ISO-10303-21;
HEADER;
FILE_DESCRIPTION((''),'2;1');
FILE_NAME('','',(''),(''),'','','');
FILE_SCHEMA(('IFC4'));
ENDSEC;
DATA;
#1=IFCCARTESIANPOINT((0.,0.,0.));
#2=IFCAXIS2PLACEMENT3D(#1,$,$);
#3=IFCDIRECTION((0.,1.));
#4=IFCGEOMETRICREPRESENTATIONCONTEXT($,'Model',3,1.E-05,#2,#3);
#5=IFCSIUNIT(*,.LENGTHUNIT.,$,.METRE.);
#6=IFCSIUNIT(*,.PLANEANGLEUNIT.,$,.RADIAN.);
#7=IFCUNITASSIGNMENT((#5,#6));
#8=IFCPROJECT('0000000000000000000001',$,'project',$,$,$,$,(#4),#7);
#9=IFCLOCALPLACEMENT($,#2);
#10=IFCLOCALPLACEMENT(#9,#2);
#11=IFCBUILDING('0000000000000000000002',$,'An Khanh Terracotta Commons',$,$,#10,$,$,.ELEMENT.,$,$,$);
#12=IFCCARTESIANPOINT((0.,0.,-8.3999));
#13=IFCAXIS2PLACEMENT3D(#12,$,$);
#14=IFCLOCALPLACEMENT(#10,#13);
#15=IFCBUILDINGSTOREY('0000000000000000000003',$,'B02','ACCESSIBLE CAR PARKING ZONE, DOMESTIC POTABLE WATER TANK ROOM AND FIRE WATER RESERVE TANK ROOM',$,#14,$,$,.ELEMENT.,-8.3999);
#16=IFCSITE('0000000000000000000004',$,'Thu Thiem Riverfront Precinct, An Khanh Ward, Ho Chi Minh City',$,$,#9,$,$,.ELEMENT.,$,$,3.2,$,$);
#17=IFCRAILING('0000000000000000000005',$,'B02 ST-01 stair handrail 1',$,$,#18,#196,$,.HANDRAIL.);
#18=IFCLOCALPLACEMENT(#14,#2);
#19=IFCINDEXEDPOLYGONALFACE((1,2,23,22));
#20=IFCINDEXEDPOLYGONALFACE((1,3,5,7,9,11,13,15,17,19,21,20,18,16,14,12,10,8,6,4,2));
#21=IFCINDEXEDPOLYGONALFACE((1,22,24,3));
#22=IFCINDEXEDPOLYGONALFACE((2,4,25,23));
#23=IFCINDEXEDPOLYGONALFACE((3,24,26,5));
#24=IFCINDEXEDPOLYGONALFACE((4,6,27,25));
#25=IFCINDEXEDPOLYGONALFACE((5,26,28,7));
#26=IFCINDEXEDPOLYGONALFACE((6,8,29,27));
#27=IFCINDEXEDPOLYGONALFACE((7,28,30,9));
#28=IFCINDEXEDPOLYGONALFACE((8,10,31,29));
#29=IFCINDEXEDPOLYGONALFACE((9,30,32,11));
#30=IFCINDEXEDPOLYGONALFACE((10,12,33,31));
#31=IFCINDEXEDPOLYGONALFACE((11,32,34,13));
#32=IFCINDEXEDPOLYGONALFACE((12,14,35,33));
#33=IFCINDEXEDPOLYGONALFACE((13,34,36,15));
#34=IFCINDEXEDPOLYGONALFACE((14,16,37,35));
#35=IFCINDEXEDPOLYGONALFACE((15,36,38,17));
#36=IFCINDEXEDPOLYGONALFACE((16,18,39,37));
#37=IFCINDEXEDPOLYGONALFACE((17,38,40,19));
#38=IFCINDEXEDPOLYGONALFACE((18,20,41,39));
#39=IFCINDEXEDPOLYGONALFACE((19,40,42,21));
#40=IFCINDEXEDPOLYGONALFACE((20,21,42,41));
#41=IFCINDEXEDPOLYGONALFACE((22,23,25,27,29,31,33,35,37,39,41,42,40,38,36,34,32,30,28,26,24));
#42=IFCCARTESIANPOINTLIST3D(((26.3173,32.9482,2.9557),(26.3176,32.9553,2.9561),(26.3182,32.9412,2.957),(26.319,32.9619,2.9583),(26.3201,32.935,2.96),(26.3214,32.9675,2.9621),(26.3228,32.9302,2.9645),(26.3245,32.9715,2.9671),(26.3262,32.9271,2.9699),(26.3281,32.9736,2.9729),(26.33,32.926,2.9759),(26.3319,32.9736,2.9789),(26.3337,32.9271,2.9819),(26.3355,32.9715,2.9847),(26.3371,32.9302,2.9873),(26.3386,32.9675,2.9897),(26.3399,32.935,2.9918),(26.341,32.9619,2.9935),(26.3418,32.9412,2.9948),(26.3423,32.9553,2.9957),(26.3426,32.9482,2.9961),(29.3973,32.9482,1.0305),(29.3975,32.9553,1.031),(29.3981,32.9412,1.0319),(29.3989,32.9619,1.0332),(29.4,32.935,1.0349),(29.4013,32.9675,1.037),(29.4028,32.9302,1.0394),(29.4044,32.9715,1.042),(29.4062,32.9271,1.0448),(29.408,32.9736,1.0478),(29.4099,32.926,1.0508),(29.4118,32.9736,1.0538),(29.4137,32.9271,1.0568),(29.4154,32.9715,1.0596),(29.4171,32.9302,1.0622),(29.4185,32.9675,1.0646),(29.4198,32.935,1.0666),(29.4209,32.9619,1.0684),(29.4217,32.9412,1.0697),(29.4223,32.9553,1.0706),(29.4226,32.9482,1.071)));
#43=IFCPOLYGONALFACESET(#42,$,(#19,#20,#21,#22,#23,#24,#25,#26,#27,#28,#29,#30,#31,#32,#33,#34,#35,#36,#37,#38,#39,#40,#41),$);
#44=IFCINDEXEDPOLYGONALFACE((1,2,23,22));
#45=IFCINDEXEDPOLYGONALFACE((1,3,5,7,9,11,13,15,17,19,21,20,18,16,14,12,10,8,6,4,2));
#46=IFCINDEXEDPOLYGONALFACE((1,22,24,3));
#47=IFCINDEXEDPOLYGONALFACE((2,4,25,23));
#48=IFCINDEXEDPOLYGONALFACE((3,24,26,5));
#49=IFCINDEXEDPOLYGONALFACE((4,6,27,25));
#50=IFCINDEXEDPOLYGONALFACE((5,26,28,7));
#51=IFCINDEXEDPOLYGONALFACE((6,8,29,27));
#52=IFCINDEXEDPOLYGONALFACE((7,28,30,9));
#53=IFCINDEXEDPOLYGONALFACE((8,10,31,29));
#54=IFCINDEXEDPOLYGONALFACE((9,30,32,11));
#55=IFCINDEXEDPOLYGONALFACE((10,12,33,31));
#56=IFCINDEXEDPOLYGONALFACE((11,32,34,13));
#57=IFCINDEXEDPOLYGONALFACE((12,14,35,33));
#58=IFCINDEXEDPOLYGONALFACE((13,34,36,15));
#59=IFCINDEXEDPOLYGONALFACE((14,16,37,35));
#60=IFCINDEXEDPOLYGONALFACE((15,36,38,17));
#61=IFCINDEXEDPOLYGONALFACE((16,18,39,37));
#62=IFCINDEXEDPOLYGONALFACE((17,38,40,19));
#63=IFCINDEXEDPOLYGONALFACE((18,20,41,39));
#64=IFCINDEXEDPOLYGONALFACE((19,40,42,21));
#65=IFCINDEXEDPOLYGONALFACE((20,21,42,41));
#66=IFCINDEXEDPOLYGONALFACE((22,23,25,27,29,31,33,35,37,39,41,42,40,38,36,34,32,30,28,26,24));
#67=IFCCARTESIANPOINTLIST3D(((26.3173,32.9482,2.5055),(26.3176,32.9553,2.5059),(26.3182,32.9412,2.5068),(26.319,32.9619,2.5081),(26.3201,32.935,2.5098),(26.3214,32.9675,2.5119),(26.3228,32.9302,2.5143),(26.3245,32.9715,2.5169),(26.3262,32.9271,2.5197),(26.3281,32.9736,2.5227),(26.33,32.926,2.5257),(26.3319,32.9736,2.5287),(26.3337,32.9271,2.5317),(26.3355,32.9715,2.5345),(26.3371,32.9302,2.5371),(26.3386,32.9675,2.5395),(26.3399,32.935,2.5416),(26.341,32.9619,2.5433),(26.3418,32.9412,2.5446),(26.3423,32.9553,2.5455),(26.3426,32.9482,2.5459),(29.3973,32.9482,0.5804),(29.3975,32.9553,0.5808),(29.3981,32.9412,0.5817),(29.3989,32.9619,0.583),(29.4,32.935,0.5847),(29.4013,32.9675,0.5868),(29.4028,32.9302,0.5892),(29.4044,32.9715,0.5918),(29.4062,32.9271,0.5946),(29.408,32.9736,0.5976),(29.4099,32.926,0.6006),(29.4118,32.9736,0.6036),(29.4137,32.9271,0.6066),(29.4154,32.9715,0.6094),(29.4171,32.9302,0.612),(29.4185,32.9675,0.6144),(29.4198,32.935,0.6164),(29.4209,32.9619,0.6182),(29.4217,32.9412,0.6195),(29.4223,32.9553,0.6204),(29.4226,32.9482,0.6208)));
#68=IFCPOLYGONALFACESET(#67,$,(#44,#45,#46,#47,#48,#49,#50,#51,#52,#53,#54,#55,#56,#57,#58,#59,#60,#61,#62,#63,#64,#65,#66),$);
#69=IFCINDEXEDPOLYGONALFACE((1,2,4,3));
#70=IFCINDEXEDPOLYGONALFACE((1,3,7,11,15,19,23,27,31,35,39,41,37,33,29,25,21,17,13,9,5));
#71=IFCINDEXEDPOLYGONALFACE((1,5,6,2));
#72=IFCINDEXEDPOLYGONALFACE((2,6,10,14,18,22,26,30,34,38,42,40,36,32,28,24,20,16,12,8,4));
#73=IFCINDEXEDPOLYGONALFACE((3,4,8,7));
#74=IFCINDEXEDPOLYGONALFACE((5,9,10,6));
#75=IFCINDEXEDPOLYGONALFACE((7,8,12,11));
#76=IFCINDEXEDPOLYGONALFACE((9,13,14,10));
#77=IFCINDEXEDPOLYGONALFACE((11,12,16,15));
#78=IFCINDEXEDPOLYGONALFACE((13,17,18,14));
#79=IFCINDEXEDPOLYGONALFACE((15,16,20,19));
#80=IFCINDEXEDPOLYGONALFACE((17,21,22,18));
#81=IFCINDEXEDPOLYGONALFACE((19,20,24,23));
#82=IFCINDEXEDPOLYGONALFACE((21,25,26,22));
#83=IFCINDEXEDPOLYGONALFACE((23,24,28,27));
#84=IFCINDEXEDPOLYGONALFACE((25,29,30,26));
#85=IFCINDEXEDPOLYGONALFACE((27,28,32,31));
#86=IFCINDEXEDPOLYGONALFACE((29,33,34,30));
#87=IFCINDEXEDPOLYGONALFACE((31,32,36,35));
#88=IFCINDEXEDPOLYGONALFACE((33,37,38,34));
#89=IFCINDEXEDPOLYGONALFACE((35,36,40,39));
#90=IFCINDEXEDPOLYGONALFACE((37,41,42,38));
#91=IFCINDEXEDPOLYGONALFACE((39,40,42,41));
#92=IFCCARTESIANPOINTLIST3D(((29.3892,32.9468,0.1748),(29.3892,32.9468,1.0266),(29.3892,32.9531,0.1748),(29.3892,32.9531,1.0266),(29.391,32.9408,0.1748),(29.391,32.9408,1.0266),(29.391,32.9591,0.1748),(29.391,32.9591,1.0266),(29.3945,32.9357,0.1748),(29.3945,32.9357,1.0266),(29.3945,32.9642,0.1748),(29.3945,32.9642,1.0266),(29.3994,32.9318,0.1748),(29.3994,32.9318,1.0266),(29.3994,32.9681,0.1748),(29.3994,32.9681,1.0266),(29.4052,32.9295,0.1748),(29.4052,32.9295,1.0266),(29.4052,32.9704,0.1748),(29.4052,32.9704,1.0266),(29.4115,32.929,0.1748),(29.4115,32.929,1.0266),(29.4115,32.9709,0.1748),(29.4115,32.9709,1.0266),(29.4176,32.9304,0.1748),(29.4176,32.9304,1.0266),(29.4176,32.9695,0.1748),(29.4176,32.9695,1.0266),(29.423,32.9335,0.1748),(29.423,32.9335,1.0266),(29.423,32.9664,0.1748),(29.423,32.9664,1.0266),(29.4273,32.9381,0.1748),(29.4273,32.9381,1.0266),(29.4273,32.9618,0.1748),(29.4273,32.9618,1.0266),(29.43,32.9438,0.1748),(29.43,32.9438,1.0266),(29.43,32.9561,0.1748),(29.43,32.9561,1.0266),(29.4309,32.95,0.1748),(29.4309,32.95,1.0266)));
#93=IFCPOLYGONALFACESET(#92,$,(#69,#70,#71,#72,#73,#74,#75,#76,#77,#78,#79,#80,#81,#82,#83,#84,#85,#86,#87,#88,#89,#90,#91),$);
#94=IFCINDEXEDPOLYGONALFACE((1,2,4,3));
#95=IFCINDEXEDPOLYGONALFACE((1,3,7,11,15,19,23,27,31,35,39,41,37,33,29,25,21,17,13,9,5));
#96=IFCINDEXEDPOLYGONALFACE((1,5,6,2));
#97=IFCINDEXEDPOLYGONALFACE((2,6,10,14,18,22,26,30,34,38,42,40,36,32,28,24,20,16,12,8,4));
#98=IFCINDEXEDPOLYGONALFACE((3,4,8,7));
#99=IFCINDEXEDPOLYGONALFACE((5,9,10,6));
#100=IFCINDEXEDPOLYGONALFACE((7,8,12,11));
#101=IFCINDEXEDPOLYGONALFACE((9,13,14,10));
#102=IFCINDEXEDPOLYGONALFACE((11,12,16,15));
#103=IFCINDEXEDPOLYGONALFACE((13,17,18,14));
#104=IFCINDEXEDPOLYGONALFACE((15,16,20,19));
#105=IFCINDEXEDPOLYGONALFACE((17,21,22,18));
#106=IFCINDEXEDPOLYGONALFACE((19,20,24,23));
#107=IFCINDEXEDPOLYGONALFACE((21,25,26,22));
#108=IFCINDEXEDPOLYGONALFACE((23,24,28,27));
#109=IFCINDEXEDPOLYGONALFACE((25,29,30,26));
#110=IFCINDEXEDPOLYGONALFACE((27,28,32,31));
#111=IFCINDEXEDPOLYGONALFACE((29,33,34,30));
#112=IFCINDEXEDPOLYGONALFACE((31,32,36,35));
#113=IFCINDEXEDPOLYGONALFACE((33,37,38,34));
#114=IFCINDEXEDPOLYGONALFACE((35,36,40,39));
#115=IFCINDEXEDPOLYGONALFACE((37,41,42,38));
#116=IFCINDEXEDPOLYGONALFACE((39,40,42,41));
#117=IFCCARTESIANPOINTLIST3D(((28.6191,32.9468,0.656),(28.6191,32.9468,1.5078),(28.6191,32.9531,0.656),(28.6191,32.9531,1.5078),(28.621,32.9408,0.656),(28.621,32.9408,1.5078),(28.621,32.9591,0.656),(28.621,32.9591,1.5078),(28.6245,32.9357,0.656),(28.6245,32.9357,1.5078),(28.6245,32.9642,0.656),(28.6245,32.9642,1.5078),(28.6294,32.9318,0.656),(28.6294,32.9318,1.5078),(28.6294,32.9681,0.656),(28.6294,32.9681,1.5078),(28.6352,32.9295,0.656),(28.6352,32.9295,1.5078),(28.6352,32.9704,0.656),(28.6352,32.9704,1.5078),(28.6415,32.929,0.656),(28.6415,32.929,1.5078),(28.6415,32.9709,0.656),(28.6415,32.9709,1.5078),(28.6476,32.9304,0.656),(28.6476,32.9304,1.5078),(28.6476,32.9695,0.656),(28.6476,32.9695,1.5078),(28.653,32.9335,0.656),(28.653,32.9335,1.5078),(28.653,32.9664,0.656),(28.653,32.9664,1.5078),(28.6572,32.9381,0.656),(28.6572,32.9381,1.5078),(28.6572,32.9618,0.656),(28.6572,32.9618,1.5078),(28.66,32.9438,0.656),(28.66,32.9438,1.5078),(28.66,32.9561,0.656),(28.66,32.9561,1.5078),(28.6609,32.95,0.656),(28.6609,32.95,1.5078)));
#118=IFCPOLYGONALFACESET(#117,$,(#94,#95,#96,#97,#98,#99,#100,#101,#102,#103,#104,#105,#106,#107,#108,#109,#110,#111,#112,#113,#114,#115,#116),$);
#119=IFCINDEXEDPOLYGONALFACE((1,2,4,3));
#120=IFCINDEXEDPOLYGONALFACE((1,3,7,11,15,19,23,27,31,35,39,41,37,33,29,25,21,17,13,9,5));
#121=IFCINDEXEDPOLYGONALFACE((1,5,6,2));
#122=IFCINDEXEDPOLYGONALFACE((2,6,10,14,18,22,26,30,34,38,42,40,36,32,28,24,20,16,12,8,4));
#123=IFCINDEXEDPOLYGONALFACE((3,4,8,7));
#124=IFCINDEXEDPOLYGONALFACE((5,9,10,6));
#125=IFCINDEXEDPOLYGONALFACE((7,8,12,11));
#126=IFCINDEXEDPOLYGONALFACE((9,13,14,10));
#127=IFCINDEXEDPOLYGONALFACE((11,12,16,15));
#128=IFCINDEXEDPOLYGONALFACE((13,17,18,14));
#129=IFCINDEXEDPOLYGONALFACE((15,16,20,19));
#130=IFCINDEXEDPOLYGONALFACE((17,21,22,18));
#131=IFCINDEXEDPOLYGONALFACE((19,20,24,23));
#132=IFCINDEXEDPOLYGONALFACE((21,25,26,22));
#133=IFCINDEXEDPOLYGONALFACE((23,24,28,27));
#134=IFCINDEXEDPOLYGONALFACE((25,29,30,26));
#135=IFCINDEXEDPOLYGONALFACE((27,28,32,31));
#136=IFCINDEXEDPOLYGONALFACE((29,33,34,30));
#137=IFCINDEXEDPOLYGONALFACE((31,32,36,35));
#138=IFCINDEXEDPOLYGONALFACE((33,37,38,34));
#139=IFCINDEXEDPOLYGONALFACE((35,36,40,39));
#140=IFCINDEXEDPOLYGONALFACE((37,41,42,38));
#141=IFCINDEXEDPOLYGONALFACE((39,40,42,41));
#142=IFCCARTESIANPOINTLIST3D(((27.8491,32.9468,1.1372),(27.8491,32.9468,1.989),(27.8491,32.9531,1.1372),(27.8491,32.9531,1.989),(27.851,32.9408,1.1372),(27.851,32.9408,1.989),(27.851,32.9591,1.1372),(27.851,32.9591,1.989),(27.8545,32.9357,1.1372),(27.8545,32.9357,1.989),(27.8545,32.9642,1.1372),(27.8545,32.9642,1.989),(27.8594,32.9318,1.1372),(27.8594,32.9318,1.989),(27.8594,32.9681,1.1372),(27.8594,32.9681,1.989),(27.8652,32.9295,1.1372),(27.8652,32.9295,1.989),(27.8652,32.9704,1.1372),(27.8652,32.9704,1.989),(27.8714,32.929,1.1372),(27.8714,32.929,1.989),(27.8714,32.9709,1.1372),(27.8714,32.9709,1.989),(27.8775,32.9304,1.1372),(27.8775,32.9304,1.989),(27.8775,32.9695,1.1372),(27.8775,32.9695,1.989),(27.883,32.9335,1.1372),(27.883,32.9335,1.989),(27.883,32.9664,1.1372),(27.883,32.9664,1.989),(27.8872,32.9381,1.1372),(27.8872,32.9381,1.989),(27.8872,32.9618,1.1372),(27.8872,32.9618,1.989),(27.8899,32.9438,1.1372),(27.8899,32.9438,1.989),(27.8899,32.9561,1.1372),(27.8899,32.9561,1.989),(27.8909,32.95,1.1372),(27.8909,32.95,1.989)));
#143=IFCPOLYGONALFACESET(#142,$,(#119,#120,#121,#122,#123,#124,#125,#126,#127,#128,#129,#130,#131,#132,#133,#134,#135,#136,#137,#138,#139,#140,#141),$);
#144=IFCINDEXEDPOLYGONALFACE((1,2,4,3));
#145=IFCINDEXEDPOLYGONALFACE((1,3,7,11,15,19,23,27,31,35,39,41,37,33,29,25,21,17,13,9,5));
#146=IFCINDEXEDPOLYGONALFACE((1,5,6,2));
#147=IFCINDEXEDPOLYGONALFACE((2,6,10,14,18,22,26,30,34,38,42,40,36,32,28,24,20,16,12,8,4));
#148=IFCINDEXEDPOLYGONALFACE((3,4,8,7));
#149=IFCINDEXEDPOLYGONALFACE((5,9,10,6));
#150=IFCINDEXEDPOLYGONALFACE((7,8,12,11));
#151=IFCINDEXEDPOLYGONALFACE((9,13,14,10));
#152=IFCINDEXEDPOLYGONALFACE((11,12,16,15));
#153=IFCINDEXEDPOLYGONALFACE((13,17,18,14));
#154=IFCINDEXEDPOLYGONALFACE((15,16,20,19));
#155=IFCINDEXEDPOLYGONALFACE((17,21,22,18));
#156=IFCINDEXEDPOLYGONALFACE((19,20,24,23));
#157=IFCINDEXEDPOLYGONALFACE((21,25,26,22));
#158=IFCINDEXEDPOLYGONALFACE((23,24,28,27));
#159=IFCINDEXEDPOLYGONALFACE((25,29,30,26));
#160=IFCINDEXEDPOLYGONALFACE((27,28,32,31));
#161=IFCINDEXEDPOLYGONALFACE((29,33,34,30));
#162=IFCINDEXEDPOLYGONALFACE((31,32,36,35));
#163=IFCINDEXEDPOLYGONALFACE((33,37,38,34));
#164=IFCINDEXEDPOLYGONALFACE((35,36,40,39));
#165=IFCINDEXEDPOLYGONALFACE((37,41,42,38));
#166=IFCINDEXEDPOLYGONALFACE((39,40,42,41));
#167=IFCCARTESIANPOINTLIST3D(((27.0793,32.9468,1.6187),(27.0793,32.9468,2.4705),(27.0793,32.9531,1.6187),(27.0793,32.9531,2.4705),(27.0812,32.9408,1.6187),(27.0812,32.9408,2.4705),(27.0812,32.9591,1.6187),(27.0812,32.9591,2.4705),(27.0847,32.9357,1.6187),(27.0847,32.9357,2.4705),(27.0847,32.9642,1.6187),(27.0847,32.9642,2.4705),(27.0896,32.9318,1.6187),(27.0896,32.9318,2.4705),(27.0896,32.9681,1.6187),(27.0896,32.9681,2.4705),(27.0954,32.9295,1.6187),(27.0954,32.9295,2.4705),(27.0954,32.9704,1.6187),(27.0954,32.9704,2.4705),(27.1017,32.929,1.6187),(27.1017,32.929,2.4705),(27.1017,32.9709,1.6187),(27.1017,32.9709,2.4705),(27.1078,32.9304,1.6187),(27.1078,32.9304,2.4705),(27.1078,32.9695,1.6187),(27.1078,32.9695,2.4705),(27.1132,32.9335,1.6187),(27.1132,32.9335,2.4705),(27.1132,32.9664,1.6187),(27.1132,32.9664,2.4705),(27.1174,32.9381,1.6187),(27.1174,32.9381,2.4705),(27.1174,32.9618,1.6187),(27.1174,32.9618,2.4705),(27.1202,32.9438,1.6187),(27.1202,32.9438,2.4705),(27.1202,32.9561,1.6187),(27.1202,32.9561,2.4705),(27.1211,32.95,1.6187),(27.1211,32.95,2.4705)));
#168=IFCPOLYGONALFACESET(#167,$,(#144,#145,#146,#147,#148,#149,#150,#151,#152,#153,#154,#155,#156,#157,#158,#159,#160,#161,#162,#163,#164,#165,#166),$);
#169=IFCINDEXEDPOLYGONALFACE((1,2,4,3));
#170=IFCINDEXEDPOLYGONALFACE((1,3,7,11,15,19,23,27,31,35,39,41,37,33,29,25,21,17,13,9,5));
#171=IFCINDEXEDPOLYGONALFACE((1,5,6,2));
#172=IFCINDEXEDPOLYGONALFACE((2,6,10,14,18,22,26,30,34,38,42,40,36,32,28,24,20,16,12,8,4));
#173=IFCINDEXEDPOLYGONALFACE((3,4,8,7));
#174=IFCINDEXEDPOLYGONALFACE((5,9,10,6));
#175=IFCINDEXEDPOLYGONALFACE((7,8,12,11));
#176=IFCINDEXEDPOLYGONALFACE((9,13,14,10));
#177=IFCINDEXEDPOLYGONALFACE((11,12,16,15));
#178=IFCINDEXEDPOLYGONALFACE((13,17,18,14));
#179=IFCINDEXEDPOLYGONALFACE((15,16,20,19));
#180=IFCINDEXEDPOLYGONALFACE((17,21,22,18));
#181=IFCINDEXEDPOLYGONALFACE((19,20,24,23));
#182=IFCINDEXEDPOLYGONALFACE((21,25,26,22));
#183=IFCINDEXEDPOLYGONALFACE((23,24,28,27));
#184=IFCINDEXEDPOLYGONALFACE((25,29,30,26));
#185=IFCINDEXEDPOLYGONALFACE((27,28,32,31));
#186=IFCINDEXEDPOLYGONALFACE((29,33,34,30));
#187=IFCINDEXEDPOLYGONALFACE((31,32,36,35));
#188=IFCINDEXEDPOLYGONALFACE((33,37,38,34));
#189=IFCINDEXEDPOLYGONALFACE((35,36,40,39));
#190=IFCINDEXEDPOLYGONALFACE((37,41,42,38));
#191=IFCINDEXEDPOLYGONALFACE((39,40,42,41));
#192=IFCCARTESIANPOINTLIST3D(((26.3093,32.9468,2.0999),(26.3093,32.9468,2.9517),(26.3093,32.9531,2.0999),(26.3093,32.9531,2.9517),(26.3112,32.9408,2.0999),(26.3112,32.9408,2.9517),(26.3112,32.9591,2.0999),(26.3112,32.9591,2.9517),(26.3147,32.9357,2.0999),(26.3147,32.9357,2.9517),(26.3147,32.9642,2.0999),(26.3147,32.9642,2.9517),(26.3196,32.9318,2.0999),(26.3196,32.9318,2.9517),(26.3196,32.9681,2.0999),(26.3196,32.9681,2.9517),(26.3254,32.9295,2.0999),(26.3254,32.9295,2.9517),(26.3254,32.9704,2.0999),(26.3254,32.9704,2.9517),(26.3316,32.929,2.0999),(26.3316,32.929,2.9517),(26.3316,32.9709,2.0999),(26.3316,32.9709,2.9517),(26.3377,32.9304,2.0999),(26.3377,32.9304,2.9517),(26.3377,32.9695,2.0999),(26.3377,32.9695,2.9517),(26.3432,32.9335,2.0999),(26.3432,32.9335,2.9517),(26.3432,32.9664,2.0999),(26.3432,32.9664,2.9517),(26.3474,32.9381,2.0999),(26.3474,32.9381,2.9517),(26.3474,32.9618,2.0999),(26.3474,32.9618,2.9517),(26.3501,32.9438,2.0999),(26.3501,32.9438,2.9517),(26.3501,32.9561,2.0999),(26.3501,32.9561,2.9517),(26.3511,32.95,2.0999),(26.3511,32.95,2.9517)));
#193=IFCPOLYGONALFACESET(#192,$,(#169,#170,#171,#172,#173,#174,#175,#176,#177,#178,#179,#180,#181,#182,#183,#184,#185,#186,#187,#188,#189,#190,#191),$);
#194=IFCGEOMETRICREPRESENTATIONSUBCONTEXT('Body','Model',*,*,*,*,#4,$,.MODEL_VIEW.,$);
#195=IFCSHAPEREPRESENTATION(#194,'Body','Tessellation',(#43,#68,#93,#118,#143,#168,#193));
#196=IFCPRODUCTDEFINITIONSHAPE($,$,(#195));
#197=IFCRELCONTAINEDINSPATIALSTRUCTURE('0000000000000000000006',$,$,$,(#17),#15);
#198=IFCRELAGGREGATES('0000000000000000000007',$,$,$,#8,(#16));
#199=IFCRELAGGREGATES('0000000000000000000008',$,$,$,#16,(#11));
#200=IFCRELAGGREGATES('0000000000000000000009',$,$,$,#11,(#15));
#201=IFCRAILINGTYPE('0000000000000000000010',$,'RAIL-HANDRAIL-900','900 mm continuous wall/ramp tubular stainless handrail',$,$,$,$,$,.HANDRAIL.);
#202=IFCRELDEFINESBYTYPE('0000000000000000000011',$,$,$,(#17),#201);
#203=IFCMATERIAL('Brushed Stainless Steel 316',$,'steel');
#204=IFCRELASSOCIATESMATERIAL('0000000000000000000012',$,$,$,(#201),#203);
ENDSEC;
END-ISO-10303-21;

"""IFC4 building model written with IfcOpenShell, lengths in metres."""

from ifc_helpers import new_model, si_unit, direction, frame, origin, origin_2d, place, context, subcontext, project, spatial, circle, extrude, material, type_object, element, save


model = new_model("IFC4")

# Units and contexts
model_context = context("Model", 3, precision=1e-05, world=origin(), true_north=direction((0.0, 1.0)))
body_context = subcontext(model_context, "Body", "Model", "MODEL_VIEW")
ifc_project = project(units=[si_unit("LENGTHUNIT", "METRE"), si_unit("PLANEANGLEUNIT", "RADIAN")], contexts=[model_context])

# Site, building, storey
site_placement = place(None, origin())
site = spatial("IfcSite", under=ifc_project, at=site_placement, Name="Thu Thiem Riverfront Precinct, An Khanh Ward, Ho Chi Minh City", CompositionType="ELEMENT", RefElevation=3.2)
building_placement = place(site_placement, origin())
building = spatial("IfcBuilding", under=site, at=building_placement, Name="An Khanh Terracotta Commons", CompositionType="ELEMENT")
storey_placement = place(building_placement, frame((0.0, 0.0, -8.3999)))
storey = spatial("IfcBuildingStorey", under=building, at=storey_placement, Name="B02", Description="ACCESSIBLE CAR PARKING ZONE, DOMESTIC POTABLE WATER TANK ROOM AND FIRE WATER RESERVE TANK ROOM", CompositionType="ELEMENT", Elevation=-8.3999)

# Railing
ifc_material_1 = material(Name="Brushed Stainless Steel 316", Category="steel")
railing_type = type_object("IfcRailingType", Name="RAIL-HANDRAIL-900", Description="900 mm continuous wall/ramp tubular stainless handrail", PredefinedType="HANDRAIL", material=ifc_material_1)
railing_placement = place(storey_placement, frame((29.4099, 32.95, 0.1748)))
element("IfcRailing", 1, at=railing_placement, inside=storey, type_object=railing_type, Name="B02 ST-01 stair handrail 1", PredefinedType="HANDRAIL", context=body_context, shape_type="SweptSolid", body=[
    extrude(circle(Radius=0.0239, at=origin_2d()), frame((0.0, 0.0, 0.876), z_axis=(-0.847979, 0.0, 0.530029), x_axis=(0.0, -1.0, 0.0)), (0.0, 0.0, 1.0), 3.6321),
    extrude(circle(Radius=0.0239, at=origin_2d()), frame((0.0, 0.0, 0.4258), z_axis=(-0.847979, 0.0, 0.530029), x_axis=(0.0, -1.0, 0.0)), (0.0, 0.0, 1.0), 3.6321),
    extrude(circle(Radius=0.021, at=origin_2d()), origin(), (0.0, 0.0, 1.0), 0.8518),
    extrude(circle(Radius=0.021, at=origin_2d()), frame((-0.77, 0.0, 0.4812)), (0.0, 0.0, 1.0), 0.8518),
    extrude(circle(Radius=0.021, at=origin_2d()), frame((-1.54, 0.0, 0.9624)), (0.0, 0.0, 1.0), 0.8518),
    extrude(circle(Radius=0.021, at=origin_2d()), frame((-2.3098, 0.0, 1.4438)), (0.0, 0.0, 1.0), 0.8518),
    extrude(circle(Radius=0.021, at=origin_2d()), frame((-3.0798, 0.0, 1.925)), (0.0, 0.0, 1.0), 0.8518),
])

save(model, "model.ifc")
